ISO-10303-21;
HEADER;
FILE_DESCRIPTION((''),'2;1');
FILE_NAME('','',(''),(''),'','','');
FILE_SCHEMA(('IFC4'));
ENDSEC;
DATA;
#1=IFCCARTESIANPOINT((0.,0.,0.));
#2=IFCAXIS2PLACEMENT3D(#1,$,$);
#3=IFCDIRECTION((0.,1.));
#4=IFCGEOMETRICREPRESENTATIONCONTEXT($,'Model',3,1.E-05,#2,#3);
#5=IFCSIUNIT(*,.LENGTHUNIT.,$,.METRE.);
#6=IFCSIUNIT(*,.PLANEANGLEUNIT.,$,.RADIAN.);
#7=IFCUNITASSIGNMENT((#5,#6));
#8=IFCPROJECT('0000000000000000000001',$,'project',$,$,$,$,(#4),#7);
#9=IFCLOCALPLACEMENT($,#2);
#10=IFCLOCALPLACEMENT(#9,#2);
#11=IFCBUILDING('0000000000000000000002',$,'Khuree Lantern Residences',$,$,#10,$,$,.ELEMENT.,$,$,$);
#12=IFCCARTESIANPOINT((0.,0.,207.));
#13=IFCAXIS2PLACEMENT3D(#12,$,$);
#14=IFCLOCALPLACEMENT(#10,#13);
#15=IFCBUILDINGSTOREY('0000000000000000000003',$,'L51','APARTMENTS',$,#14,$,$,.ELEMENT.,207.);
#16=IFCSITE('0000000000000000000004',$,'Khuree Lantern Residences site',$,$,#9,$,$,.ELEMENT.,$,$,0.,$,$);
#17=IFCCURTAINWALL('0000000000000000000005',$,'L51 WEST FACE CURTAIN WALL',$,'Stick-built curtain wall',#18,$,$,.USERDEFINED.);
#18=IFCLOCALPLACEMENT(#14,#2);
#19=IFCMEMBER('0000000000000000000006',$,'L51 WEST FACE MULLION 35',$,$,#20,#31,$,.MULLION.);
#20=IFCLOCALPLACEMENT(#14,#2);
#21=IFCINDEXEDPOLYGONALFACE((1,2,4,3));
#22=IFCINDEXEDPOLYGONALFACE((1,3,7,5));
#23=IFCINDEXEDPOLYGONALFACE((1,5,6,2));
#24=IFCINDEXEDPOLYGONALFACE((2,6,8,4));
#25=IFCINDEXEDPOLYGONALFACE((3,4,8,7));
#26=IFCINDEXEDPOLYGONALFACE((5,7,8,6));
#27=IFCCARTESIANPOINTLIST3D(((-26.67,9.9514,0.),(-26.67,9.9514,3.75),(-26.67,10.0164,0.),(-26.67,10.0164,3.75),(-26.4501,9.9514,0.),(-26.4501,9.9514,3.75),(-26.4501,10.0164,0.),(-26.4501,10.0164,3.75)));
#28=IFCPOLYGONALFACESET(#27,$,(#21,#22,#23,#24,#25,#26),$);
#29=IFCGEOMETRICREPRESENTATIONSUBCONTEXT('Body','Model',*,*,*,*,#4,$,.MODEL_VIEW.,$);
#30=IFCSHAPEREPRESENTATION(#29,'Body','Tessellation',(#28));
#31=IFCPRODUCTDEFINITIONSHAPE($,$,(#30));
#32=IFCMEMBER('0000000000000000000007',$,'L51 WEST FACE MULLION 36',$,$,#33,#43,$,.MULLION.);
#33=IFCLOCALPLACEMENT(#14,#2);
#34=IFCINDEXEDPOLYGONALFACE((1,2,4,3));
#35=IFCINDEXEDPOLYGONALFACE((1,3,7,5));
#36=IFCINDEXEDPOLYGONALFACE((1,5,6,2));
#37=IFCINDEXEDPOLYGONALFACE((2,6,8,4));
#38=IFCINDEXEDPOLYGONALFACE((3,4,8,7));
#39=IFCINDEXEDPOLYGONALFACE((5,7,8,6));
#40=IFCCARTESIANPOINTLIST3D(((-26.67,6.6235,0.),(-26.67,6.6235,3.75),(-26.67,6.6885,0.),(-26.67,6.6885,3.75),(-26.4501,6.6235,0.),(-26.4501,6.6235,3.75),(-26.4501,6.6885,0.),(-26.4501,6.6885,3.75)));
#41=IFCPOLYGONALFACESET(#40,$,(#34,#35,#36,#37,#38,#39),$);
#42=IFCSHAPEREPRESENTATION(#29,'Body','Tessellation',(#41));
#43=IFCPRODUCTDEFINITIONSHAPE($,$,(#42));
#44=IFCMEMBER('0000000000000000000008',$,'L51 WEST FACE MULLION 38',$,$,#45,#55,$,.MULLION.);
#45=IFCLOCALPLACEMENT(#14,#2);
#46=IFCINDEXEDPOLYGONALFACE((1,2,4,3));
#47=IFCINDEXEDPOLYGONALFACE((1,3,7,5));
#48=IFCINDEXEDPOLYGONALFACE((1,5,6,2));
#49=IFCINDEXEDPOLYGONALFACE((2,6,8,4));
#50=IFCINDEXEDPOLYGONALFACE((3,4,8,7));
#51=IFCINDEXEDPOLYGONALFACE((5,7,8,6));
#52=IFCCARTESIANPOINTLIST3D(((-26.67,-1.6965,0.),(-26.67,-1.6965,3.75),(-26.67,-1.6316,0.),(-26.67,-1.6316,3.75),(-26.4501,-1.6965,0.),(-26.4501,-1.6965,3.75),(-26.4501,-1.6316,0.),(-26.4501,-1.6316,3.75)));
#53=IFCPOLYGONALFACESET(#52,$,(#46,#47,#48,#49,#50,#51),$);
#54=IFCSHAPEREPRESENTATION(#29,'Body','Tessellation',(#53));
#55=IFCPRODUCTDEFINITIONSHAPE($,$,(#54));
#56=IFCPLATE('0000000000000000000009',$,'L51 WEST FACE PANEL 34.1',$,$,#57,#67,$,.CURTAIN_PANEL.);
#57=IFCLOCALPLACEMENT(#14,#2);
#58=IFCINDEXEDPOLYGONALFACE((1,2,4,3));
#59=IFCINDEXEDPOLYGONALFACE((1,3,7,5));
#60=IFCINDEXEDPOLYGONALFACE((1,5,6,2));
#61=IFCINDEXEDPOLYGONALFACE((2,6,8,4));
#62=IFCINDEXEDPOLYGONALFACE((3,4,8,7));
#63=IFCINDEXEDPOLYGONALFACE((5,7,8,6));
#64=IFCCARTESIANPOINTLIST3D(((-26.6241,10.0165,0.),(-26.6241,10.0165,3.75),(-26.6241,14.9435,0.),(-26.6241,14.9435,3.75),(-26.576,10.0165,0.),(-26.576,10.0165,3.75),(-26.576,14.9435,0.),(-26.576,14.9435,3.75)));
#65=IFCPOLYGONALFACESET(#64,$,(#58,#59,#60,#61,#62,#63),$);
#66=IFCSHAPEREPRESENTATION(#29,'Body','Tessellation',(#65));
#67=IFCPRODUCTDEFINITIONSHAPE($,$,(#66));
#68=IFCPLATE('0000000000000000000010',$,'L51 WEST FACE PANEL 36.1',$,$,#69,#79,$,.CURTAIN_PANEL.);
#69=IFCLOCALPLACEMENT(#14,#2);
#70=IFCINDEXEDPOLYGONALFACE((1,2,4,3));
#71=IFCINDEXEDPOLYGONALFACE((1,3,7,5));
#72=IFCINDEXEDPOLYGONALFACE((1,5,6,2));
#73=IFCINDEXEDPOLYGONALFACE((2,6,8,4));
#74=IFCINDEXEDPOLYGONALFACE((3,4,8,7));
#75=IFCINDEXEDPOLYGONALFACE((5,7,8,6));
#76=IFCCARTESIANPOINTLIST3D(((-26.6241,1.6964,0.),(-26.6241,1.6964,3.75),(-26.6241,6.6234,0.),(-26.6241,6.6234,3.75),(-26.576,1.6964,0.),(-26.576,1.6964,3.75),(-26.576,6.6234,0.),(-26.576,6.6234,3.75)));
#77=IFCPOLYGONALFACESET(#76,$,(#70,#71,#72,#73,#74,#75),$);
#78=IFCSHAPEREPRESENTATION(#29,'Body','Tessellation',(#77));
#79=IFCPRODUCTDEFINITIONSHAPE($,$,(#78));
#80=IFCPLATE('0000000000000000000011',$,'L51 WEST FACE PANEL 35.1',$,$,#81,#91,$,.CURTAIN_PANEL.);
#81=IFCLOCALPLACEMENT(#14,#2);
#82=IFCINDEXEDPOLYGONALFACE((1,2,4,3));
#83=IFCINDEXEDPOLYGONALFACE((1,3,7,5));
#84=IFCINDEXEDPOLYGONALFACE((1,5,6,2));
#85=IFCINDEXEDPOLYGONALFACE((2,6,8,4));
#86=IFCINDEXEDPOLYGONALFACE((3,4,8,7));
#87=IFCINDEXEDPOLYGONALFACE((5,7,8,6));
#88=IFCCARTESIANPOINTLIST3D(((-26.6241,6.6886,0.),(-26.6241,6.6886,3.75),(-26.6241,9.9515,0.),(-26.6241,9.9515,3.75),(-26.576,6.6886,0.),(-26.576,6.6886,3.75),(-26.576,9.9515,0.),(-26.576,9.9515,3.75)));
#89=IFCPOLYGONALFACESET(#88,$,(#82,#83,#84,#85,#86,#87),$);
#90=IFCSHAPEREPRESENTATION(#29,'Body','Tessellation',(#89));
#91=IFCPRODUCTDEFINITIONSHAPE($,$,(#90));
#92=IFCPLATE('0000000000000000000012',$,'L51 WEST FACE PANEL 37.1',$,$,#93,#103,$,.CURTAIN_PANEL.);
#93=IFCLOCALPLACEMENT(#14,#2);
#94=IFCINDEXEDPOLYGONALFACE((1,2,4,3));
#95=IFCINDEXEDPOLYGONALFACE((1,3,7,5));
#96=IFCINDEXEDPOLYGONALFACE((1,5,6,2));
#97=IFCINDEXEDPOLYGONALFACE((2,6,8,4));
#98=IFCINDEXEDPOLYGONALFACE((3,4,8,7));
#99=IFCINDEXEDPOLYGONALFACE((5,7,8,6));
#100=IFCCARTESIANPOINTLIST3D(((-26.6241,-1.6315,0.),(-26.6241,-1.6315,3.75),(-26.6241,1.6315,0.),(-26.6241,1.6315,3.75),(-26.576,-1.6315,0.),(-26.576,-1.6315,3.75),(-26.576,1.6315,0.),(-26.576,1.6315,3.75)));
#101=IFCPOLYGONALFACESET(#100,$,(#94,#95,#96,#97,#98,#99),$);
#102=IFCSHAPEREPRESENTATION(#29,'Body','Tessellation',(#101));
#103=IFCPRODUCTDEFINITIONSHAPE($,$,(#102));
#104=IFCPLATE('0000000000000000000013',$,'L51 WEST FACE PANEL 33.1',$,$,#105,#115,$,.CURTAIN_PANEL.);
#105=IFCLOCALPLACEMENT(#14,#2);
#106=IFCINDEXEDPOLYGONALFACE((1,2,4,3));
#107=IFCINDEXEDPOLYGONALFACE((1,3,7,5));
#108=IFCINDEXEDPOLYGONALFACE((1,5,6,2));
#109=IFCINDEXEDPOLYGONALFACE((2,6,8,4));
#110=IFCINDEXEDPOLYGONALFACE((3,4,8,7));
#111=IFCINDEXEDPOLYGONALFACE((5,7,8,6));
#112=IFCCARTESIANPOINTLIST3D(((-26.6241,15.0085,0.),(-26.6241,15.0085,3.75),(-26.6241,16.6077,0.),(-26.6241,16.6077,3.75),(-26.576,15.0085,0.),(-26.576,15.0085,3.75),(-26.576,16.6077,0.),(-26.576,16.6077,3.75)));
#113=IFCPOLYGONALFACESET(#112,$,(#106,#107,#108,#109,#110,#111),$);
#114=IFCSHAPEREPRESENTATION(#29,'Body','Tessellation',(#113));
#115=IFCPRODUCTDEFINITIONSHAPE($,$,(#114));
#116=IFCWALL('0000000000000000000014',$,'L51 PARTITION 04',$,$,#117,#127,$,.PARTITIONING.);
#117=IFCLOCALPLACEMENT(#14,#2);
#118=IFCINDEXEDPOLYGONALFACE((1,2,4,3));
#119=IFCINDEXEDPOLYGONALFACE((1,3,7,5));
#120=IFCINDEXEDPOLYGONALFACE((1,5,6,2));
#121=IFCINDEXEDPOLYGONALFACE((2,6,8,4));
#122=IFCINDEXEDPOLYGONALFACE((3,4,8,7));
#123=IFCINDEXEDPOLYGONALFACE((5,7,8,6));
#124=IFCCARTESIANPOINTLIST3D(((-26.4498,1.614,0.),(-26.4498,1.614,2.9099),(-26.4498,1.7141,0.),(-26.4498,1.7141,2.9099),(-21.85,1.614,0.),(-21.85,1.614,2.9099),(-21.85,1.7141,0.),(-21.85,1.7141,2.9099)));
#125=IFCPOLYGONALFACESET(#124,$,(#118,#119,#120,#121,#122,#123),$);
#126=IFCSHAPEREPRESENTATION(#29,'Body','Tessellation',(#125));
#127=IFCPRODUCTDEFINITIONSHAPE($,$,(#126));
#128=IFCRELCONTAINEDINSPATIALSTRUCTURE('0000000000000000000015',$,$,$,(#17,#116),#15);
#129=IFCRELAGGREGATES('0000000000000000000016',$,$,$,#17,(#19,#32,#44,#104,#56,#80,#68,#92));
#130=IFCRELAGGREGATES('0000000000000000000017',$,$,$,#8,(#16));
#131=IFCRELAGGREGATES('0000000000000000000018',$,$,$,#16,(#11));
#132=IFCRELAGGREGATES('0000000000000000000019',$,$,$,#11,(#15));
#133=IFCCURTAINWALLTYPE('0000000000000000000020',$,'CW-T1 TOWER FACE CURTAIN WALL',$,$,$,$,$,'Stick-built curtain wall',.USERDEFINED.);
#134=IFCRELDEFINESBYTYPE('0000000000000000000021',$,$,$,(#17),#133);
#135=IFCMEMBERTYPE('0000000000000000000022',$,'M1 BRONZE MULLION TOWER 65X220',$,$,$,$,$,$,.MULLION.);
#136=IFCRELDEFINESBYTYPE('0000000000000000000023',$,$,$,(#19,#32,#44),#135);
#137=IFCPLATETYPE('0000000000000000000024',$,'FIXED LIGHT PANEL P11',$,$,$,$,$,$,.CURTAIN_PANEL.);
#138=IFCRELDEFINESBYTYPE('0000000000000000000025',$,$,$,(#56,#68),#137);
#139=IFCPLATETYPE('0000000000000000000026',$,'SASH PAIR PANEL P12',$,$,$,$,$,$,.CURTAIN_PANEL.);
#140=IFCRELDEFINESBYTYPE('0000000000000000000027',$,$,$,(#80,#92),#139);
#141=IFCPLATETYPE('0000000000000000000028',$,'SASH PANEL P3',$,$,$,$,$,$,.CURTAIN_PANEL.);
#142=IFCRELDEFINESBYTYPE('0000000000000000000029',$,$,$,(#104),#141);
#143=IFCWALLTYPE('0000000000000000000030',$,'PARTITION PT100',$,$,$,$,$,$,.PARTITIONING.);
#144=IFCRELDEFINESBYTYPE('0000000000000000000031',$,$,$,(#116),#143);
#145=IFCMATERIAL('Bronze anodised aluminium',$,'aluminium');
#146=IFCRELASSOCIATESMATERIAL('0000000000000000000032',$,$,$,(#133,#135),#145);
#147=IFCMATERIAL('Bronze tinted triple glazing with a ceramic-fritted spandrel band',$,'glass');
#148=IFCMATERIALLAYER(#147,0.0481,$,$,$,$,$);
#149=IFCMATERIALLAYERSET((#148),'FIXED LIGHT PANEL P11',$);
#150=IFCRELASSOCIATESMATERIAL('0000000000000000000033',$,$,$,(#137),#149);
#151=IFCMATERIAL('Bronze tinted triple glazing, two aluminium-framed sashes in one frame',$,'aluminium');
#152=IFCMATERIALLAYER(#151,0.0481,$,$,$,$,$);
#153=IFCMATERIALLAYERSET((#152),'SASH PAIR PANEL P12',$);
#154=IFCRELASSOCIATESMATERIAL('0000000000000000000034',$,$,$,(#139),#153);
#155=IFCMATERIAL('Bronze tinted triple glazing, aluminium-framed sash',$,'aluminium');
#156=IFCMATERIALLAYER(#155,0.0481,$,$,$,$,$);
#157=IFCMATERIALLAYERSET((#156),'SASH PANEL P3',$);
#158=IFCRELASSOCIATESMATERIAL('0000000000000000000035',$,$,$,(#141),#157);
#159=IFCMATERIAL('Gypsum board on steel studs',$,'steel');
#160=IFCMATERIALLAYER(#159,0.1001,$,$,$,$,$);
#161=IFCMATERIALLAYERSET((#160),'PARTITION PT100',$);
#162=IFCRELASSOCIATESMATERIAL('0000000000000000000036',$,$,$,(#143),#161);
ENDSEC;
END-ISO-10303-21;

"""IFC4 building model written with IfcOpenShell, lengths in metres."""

from ifc_helpers import new_model, si_unit, direction, frame, frame_2d, origin, origin_2d, place, context, subcontext, project, spatial, rectangle, extrude, material, layer, layer_set, material_profile, profile_set, type_object, element, aggregate, save


model = new_model("IFC4")

# Units and contexts
model_context = context("Model", 3, precision=1e-05, world=origin(), true_north=direction((0.0, 1.0)))
body_context = subcontext(model_context, "Body", "Model", "MODEL_VIEW")
ifc_project = project(units=[si_unit("LENGTHUNIT", "METRE"), si_unit("PLANEANGLEUNIT", "RADIAN")], contexts=[model_context])

# Site, building, storey
site_placement = place(None, origin())
site = spatial("IfcSite", under=ifc_project, at=site_placement, Name="Khuree Lantern Residences site", CompositionType="ELEMENT", RefElevation=0.0)
building_placement = place(site_placement, origin())
building = spatial("IfcBuilding", under=site, at=building_placement, Name="Khuree Lantern Residences", CompositionType="ELEMENT")
storey_placement = place(building_placement, frame((0.0, 0.0, 207.0)))
storey = spatial("IfcBuildingStorey", under=building, at=storey_placement, Name="L51", Description="APARTMENTS", CompositionType="ELEMENT", Elevation=207.0)

# Curtain wall
ifc_material_1 = material(Name="Bronze anodised aluminium", Category="aluminium")
curtain_wall_type = type_object("IfcCurtainWallType", Name="CW-T1 TOWER FACE CURTAIN WALL", ElementType="Stick-built curtain wall", PredefinedType="USERDEFINED", material=ifc_material_1)
curtain_wall_placement = place(storey_placement, origin())
curtain_wall = element("IfcCurtainWall", 1, at=curtain_wall_placement, inside=storey, type_object=curtain_wall_type, Name="L51 WEST FACE CURTAIN WALL", ObjectType="Stick-built curtain wall", PredefinedType="USERDEFINED")

# Members
ifc_material_profile_1 = material_profile(ifc_material_1, rectangle(XDim=0.0649, YDim=0.22, at=origin_2d()), Name="M1 65X220")
ifc_profile_set_1 = profile_set([ifc_material_profile_1], Name="Bronze anodised aluminium")
member_type_1 = type_object("IfcMemberType", Name="M1 BRONZE MULLION TOWER 65X220", PredefinedType="MULLION", material=ifc_profile_set_1)
member_1_placement = place(storey_placement, frame((-26.5601, 9.9839, 0.0), z_axis=(0.0, 0.0, 1.0), x_axis=(0.0, -1.0, 0.0)))
member_1 = element("IfcMember", 2, at=member_1_placement, type_object=member_type_1, Name="L51 WEST FACE MULLION 35", PredefinedType="MULLION", context=body_context, shape_type="SweptSolid", body=[
    extrude(rectangle(XDim=0.0649, YDim=0.22, at=origin_2d()), origin(), (0.0, 0.0, 1.0), 3.75),
])
member_2_placement = place(storey_placement, frame((-26.5601, 6.656, 0.0), z_axis=(0.0, 0.0, 1.0), x_axis=(0.0, -1.0, 0.0)))
member_2 = element("IfcMember", 3, at=member_2_placement, type_object=member_type_1, Name="L51 WEST FACE MULLION 36", PredefinedType="MULLION", context=body_context, shape_type="SweptSolid", body=[
    extrude(rectangle(XDim=0.0649, YDim=0.22, at=origin_2d()), origin(), (0.0, 0.0, 1.0), 3.75),
])
member_3_placement = place(storey_placement, frame((-26.5601, -1.6641, 0.0), z_axis=(0.0, 0.0, 1.0), x_axis=(0.0, -1.0, 0.0)))
member_3 = element("IfcMember", 4, at=member_3_placement, type_object=member_type_1, Name="L51 WEST FACE MULLION 38", PredefinedType="MULLION", context=body_context, shape_type="SweptSolid", body=[
    extrude(rectangle(XDim=0.0649, YDim=0.22, at=origin_2d()), origin(), (0.0, 0.0, 1.0), 3.75),
])

# Plates
ifc_material_2 = material(Name="Bronze tinted triple glazing with a ceramic-fritted spandrel band", Category="glass")
ifc_layer_1 = layer(ifc_material_2, 0.0481)
ifc_layer_set_1 = layer_set([ifc_layer_1], Name="FIXED LIGHT PANEL P11")
plate_type_1 = type_object("IfcPlateType", Name="FIXED LIGHT PANEL P11", PredefinedType="CURTAIN_PANEL", material=ifc_layer_set_1)
plate_1_placement = place(storey_placement, frame((-26.6001, 12.48, 0.0), z_axis=(0.0, 0.0, 1.0), x_axis=(0.0, -1.0, 0.0)))
plate_1 = element("IfcPlate", 5, at=plate_1_placement, type_object=plate_type_1, Name="L51 WEST FACE PANEL 34.1", PredefinedType="CURTAIN_PANEL", context=body_context, shape_type="SweptSolid", body=[
    extrude(rectangle(XDim=4.927, YDim=0.0481, at=origin_2d()), origin(), (0.0, 0.0, 1.0), 3.75),
])
plate_2_placement = place(storey_placement, frame((-26.6001, 4.1599, 0.0), z_axis=(0.0, 0.0, 1.0), x_axis=(0.0, -1.0, 0.0)))
plate_2 = element("IfcPlate", 6, at=plate_2_placement, type_object=plate_type_1, Name="L51 WEST FACE PANEL 36.1", PredefinedType="CURTAIN_PANEL", context=body_context, shape_type="SweptSolid", body=[
    extrude(rectangle(XDim=4.927, YDim=0.0481, at=origin_2d()), origin(), (0.0, 0.0, 1.0), 3.75),
])
ifc_material_3 = material(Name="Bronze tinted triple glazing, two aluminium-framed sashes in one frame", Category="aluminium")
ifc_layer_2 = layer(ifc_material_3, 0.0481)
ifc_layer_set_2 = layer_set([ifc_layer_2], Name="SASH PAIR PANEL P12")
plate_type_2 = type_object("IfcPlateType", Name="SASH PAIR PANEL P12", PredefinedType="CURTAIN_PANEL", material=ifc_layer_set_2)
plate_3_placement = place(storey_placement, frame((-26.6001, 8.3201, 0.0), z_axis=(0.0, 0.0, 1.0), x_axis=(0.0, -1.0, 0.0)))
plate_3 = element("IfcPlate", 7, at=plate_3_placement, type_object=plate_type_2, Name="L51 WEST FACE PANEL 35.1", PredefinedType="CURTAIN_PANEL", context=body_context, shape_type="SweptSolid", body=[
    extrude(rectangle(XDim=3.2629, YDim=0.0481, at=origin_2d()), origin(), (0.0, 0.0, 1.0), 3.75),
])
plate_4_placement = place(storey_placement, frame((-26.6001, 0.0, 0.0), z_axis=(0.0, 0.0, 1.0), x_axis=(0.0, -1.0, 0.0)))
plate_4 = element("IfcPlate", 8, at=plate_4_placement, type_object=plate_type_2, Name="L51 WEST FACE PANEL 37.1", PredefinedType="CURTAIN_PANEL", context=body_context, shape_type="SweptSolid", body=[
    extrude(rectangle(XDim=3.2629, YDim=0.0481, at=origin_2d()), origin(), (0.0, 0.0, 1.0), 3.75),
])
ifc_material_4 = material(Name="Bronze tinted triple glazing, aluminium-framed sash", Category="aluminium")
ifc_layer_3 = layer(ifc_material_4, 0.0481)
ifc_layer_set_3 = layer_set([ifc_layer_3], Name="SASH PANEL P3")
plate_type_3 = type_object("IfcPlateType", Name="SASH PANEL P3", PredefinedType="CURTAIN_PANEL", material=ifc_layer_set_3)
plate_5_placement = place(storey_placement, frame((-26.6001, 15.8081, 0.0), z_axis=(0.0, 0.0, 1.0), x_axis=(0.0, -1.0, 0.0)))
plate_5 = element("IfcPlate", 9, at=plate_5_placement, type_object=plate_type_3, Name="L51 WEST FACE PANEL 33.1", PredefinedType="CURTAIN_PANEL", context=body_context, shape_type="SweptSolid", body=[
    extrude(rectangle(XDim=1.5991, YDim=0.0481, at=origin_2d()), origin(), (0.0, 0.0, 1.0), 3.75),
])
aggregate(curtain_wall, [member_1, member_2, member_3, plate_5, plate_1, plate_3, plate_2, plate_4])

# Wall
ifc_material_5 = material(Name="Gypsum board on steel studs", Category="steel")
ifc_layer_4 = layer(ifc_material_5, 0.1001)
ifc_layer_set_4 = layer_set([ifc_layer_4], Name="PARTITION PT100")
wall_type = type_object("IfcWallType", Name="PARTITION PT100", PredefinedType="PARTITIONING", material=ifc_layer_set_4)
wall_placement = place(storey_placement, frame((-21.8501, 1.6641, 0.0), z_axis=(0.0, 0.0, 1.0), x_axis=(-1.0, 0.0, 0.0)))
element("IfcWall", 10, at=wall_placement, inside=storey, type_object=wall_type, Name="L51 PARTITION 04", PredefinedType="PARTITIONING", context=body_context, shape_type="SweptSolid", body=[
    extrude(rectangle(XDim=4.5999, YDim=0.1001, at=frame_2d((2.2998, 0.0))), origin(), (0.0, 0.0, 1.0), 2.9099),
])

save(model, "model.ifc")
